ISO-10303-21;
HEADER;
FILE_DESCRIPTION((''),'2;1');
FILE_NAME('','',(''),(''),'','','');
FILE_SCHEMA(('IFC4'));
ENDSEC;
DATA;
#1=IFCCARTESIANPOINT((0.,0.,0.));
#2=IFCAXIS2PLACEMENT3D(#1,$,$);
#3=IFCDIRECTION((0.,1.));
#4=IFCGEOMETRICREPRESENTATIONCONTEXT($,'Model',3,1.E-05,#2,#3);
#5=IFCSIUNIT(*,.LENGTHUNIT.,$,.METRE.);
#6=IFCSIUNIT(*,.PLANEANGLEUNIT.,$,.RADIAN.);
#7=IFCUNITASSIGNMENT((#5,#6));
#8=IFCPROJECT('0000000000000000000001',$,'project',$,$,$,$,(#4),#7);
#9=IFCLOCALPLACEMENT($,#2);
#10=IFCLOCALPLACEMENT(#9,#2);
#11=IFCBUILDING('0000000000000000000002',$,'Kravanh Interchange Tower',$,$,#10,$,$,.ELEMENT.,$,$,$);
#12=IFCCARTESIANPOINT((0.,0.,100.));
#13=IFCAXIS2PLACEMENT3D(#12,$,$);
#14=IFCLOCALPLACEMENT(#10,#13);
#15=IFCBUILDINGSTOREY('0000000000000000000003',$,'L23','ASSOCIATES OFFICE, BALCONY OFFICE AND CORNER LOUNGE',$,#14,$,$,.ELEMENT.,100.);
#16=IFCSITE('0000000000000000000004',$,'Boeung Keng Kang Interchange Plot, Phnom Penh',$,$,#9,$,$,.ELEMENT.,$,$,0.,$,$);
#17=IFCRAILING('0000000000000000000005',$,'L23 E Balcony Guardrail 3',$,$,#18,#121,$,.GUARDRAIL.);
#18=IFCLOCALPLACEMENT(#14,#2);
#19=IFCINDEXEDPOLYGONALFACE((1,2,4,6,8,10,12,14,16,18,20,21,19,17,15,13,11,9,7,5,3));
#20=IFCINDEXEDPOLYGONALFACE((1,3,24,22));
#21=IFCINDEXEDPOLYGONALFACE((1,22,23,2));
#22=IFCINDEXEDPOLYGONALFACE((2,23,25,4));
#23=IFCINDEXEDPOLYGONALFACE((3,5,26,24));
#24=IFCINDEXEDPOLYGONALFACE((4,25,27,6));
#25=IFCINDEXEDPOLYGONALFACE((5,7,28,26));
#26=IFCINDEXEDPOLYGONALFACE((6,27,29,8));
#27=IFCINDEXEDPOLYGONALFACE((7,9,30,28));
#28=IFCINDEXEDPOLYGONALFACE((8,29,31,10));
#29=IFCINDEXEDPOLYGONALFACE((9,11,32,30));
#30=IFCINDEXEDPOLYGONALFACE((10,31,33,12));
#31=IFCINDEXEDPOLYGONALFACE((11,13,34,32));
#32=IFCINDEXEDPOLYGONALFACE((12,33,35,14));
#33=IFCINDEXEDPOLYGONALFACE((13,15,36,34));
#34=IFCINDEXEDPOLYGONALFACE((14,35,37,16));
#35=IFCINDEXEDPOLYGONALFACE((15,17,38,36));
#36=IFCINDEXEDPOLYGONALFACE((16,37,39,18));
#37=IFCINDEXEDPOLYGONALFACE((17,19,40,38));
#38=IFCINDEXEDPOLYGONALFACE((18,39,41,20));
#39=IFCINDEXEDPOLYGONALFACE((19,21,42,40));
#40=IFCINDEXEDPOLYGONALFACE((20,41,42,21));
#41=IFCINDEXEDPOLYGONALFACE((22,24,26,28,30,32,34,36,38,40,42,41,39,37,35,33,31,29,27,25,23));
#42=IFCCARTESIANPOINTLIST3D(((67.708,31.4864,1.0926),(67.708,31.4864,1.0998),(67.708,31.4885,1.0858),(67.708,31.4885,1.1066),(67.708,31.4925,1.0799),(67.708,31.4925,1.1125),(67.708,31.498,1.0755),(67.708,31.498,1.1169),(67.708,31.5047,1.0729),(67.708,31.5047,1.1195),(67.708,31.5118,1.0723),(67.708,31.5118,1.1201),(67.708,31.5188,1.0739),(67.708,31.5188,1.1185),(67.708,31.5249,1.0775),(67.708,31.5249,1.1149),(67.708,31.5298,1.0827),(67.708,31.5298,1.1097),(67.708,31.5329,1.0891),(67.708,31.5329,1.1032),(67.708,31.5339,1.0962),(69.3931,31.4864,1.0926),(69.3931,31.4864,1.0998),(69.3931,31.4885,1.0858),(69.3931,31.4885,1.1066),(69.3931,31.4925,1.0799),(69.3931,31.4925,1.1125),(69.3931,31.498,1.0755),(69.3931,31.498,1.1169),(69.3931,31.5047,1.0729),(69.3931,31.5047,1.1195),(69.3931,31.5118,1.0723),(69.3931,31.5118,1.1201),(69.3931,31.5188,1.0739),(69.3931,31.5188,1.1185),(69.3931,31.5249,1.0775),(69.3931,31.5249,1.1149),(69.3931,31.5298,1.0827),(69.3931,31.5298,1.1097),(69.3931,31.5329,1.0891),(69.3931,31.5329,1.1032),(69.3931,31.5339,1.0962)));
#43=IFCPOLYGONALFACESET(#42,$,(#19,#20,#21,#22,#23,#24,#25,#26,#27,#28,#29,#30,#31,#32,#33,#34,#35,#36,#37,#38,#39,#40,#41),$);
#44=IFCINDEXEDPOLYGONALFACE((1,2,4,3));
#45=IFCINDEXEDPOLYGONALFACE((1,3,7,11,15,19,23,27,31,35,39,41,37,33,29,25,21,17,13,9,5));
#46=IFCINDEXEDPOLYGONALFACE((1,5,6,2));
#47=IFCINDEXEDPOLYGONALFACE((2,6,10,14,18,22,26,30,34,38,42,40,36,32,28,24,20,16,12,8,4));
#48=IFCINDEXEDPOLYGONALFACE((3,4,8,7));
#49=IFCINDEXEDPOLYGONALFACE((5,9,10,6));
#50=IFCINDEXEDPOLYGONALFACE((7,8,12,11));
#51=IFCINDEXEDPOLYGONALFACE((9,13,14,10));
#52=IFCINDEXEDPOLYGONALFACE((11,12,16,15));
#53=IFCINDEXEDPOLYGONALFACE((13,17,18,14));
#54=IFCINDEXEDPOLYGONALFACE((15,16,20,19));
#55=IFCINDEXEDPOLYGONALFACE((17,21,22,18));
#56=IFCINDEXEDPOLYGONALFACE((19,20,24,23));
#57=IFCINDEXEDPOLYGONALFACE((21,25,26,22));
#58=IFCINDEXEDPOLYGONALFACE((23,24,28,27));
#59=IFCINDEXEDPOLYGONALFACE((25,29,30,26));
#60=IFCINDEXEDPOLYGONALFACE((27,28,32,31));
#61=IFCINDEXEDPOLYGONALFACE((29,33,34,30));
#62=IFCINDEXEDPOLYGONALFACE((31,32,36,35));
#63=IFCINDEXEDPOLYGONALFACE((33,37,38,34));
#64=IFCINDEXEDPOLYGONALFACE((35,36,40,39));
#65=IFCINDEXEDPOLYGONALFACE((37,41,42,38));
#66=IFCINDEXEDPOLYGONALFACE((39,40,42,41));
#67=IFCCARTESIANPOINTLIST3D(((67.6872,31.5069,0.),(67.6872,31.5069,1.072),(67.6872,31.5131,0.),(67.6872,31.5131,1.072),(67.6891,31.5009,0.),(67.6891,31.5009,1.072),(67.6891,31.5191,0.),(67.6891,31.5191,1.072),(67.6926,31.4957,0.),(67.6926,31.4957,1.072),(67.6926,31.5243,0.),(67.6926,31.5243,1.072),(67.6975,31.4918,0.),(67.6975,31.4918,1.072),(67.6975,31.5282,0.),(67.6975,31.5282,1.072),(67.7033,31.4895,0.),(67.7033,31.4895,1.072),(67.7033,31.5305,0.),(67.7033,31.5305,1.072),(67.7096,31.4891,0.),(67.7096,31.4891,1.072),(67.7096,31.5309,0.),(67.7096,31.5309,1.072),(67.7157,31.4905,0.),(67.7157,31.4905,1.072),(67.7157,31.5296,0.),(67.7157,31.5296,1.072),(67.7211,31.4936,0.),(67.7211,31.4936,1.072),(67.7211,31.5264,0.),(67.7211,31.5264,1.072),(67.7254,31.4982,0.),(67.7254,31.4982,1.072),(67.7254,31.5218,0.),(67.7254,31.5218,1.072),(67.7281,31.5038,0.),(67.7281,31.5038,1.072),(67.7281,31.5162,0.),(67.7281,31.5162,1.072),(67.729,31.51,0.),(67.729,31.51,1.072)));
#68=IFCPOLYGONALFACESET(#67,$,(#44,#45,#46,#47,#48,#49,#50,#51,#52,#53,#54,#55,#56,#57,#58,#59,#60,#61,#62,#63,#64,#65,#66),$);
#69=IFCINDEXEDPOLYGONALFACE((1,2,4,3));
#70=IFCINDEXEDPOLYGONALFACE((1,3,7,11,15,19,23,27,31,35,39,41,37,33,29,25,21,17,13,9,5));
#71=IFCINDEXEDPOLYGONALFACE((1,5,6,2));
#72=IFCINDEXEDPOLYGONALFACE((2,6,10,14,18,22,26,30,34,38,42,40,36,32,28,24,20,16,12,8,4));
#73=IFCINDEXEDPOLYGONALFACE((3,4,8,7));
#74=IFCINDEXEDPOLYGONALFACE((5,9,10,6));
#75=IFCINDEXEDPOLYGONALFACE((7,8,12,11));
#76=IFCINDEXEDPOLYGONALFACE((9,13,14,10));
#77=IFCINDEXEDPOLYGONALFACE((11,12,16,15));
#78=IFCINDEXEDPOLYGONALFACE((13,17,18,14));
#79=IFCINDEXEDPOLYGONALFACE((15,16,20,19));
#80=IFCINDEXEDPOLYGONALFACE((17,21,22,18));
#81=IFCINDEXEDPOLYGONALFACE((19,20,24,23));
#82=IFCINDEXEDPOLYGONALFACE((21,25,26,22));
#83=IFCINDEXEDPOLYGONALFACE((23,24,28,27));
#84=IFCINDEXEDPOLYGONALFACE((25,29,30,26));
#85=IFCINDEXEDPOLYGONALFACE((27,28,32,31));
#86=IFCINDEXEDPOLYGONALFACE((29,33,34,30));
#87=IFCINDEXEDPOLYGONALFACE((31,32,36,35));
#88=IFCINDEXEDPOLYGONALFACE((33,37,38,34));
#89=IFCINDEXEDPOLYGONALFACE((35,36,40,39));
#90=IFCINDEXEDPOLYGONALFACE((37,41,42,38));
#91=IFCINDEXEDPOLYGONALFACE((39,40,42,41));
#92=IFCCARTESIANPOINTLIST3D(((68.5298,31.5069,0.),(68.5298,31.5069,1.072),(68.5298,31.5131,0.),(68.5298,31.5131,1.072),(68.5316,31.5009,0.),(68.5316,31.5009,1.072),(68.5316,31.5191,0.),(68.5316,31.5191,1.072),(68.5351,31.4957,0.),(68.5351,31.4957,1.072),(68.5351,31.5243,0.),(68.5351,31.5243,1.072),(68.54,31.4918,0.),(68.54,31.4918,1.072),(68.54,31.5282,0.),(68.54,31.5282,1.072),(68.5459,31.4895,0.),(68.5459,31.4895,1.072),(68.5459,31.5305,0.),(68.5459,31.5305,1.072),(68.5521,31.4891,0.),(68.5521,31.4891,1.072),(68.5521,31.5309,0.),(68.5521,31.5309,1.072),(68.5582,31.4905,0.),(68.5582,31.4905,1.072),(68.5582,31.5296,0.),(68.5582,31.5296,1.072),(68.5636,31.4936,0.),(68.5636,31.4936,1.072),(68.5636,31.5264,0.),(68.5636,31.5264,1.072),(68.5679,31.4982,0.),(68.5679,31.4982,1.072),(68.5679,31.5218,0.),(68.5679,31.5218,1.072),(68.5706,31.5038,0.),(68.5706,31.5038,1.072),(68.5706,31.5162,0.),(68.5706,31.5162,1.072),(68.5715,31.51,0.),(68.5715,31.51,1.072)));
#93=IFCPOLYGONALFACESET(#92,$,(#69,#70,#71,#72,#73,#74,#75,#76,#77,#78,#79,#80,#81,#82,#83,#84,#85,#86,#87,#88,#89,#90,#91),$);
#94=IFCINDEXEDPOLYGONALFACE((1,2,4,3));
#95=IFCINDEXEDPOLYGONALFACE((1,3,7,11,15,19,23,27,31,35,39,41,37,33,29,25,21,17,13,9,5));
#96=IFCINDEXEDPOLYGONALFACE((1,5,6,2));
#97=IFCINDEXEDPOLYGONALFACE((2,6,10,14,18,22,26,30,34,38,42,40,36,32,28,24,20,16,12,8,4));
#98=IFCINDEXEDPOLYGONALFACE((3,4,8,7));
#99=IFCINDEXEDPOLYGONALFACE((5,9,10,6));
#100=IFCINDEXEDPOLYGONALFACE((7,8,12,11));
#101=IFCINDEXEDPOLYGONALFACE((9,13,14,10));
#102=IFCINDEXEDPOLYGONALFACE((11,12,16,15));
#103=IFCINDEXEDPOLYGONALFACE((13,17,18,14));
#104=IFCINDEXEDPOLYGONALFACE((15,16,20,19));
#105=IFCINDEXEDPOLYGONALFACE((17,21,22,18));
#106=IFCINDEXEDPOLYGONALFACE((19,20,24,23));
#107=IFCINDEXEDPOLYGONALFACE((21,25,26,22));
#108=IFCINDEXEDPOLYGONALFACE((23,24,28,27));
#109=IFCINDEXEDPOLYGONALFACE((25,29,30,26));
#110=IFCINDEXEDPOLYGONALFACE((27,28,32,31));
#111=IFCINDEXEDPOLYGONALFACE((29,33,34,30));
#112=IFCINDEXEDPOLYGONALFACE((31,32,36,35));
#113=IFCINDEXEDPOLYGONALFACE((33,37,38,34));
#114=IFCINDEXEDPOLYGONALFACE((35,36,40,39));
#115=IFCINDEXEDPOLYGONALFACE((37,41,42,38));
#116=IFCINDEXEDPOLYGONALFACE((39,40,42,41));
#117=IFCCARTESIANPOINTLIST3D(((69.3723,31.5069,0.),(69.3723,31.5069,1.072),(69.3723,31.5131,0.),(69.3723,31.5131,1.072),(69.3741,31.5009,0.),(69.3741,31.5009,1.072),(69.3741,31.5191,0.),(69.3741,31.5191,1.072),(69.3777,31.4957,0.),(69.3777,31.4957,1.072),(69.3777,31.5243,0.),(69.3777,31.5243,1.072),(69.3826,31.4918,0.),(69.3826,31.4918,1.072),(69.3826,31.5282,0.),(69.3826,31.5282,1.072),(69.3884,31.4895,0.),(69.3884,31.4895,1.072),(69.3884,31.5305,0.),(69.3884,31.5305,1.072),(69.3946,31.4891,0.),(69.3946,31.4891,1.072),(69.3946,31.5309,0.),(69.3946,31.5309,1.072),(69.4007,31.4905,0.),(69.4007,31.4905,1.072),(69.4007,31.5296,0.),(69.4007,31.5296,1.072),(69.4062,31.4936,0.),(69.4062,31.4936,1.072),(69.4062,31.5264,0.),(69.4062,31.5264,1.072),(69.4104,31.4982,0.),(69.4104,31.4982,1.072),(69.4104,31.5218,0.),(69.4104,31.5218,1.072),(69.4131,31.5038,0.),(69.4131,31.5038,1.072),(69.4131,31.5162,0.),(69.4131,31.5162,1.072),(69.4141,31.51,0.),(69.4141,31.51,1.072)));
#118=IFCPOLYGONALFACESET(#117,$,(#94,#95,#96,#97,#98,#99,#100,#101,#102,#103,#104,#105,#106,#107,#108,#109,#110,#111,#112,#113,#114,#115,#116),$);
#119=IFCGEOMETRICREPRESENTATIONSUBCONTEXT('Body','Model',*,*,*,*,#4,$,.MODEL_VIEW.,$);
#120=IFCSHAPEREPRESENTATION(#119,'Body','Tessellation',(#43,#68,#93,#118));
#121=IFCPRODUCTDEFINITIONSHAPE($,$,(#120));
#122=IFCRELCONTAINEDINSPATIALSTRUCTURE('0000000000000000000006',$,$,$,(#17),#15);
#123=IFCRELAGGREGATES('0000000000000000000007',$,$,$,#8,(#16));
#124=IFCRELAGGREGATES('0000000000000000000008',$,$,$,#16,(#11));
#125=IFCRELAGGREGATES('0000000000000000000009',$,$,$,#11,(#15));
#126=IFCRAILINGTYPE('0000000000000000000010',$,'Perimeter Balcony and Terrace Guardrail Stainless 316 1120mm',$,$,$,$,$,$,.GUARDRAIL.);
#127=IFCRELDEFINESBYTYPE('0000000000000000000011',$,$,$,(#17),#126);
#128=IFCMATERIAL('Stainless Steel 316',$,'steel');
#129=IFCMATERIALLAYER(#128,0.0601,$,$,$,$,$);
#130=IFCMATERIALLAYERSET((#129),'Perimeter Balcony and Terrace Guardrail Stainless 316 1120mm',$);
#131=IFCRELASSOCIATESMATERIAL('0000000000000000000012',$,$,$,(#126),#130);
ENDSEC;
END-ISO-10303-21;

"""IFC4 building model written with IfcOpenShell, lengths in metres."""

from ifc_helpers import new_model, si_unit, direction, frame, origin, origin_2d, place, context, subcontext, project, spatial, circle, extrude, material, layer, layer_set, type_object, element, save


model = new_model("IFC4")

# Units and contexts
model_context = context("Model", 3, precision=1e-05, world=origin(), true_north=direction((0.0, 1.0)))
body_context = subcontext(model_context, "Body", "Model", "MODEL_VIEW")
ifc_project = project(units=[si_unit("LENGTHUNIT", "METRE"), si_unit("PLANEANGLEUNIT", "RADIAN")], contexts=[model_context])

# Site, building, storey
site_placement = place(None, origin())
site = spatial("IfcSite", under=ifc_project, at=site_placement, Name="Boeung Keng Kang Interchange Plot, Phnom Penh", CompositionType="ELEMENT", RefElevation=0.0)
building_placement = place(site_placement, origin())
building = spatial("IfcBuilding", under=site, at=building_placement, Name="Kravanh Interchange Tower", CompositionType="ELEMENT")
storey_placement = place(building_placement, frame((0.0, 0.0, 100.0)))
storey = spatial("IfcBuildingStorey", under=building, at=storey_placement, Name="L23", Description="ASSOCIATES OFFICE, BALCONY OFFICE AND CORNER LOUNGE", CompositionType="ELEMENT", Elevation=100.0)

# Railing
ifc_material_1 = material(Name="Stainless Steel 316", Category="steel")
ifc_layer_1 = layer(ifc_material_1, 0.0601)
ifc_layer_set_1 = layer_set([ifc_layer_1], Name="Perimeter Balcony and Terrace Guardrail Stainless 316 1120mm")
railing_type = type_object("IfcRailingType", Name="Perimeter Balcony and Terrace Guardrail Stainless 316 1120mm", PredefinedType="GUARDRAIL", material=ifc_layer_set_1)
railing_1_placement = place(storey_placement, frame((67.708, 31.51, 0.0)))
element("IfcRailing", 1, at=railing_1_placement, inside=storey, type_object=railing_type, Name="L23 E Balcony Guardrail 3", PredefinedType="GUARDRAIL", context=body_context, shape_type="SweptSolid", body=[
    extrude(circle(Radius=0.0239, at=origin_2d()), frame((0.0, 0.0, 1.0962), z_axis=(1.0, 0.0, 0.0), x_axis=(0.0, 1.0, 0.0)), (0.0, 0.0, 1.0), 1.6851),
    extrude(circle(Radius=0.021, at=origin_2d()), origin(), (0.0, 0.0, 1.0), 1.072),
    extrude(circle(Radius=0.021, at=origin_2d()), frame((0.8425, 0.0, 0.0)), (0.0, 0.0, 1.0), 1.072),
    extrude(circle(Radius=0.021, at=origin_2d()), frame((1.6851, 0.0, 0.0)), (0.0, 0.0, 1.0), 1.072),
])

save(model, "model.ifc")
